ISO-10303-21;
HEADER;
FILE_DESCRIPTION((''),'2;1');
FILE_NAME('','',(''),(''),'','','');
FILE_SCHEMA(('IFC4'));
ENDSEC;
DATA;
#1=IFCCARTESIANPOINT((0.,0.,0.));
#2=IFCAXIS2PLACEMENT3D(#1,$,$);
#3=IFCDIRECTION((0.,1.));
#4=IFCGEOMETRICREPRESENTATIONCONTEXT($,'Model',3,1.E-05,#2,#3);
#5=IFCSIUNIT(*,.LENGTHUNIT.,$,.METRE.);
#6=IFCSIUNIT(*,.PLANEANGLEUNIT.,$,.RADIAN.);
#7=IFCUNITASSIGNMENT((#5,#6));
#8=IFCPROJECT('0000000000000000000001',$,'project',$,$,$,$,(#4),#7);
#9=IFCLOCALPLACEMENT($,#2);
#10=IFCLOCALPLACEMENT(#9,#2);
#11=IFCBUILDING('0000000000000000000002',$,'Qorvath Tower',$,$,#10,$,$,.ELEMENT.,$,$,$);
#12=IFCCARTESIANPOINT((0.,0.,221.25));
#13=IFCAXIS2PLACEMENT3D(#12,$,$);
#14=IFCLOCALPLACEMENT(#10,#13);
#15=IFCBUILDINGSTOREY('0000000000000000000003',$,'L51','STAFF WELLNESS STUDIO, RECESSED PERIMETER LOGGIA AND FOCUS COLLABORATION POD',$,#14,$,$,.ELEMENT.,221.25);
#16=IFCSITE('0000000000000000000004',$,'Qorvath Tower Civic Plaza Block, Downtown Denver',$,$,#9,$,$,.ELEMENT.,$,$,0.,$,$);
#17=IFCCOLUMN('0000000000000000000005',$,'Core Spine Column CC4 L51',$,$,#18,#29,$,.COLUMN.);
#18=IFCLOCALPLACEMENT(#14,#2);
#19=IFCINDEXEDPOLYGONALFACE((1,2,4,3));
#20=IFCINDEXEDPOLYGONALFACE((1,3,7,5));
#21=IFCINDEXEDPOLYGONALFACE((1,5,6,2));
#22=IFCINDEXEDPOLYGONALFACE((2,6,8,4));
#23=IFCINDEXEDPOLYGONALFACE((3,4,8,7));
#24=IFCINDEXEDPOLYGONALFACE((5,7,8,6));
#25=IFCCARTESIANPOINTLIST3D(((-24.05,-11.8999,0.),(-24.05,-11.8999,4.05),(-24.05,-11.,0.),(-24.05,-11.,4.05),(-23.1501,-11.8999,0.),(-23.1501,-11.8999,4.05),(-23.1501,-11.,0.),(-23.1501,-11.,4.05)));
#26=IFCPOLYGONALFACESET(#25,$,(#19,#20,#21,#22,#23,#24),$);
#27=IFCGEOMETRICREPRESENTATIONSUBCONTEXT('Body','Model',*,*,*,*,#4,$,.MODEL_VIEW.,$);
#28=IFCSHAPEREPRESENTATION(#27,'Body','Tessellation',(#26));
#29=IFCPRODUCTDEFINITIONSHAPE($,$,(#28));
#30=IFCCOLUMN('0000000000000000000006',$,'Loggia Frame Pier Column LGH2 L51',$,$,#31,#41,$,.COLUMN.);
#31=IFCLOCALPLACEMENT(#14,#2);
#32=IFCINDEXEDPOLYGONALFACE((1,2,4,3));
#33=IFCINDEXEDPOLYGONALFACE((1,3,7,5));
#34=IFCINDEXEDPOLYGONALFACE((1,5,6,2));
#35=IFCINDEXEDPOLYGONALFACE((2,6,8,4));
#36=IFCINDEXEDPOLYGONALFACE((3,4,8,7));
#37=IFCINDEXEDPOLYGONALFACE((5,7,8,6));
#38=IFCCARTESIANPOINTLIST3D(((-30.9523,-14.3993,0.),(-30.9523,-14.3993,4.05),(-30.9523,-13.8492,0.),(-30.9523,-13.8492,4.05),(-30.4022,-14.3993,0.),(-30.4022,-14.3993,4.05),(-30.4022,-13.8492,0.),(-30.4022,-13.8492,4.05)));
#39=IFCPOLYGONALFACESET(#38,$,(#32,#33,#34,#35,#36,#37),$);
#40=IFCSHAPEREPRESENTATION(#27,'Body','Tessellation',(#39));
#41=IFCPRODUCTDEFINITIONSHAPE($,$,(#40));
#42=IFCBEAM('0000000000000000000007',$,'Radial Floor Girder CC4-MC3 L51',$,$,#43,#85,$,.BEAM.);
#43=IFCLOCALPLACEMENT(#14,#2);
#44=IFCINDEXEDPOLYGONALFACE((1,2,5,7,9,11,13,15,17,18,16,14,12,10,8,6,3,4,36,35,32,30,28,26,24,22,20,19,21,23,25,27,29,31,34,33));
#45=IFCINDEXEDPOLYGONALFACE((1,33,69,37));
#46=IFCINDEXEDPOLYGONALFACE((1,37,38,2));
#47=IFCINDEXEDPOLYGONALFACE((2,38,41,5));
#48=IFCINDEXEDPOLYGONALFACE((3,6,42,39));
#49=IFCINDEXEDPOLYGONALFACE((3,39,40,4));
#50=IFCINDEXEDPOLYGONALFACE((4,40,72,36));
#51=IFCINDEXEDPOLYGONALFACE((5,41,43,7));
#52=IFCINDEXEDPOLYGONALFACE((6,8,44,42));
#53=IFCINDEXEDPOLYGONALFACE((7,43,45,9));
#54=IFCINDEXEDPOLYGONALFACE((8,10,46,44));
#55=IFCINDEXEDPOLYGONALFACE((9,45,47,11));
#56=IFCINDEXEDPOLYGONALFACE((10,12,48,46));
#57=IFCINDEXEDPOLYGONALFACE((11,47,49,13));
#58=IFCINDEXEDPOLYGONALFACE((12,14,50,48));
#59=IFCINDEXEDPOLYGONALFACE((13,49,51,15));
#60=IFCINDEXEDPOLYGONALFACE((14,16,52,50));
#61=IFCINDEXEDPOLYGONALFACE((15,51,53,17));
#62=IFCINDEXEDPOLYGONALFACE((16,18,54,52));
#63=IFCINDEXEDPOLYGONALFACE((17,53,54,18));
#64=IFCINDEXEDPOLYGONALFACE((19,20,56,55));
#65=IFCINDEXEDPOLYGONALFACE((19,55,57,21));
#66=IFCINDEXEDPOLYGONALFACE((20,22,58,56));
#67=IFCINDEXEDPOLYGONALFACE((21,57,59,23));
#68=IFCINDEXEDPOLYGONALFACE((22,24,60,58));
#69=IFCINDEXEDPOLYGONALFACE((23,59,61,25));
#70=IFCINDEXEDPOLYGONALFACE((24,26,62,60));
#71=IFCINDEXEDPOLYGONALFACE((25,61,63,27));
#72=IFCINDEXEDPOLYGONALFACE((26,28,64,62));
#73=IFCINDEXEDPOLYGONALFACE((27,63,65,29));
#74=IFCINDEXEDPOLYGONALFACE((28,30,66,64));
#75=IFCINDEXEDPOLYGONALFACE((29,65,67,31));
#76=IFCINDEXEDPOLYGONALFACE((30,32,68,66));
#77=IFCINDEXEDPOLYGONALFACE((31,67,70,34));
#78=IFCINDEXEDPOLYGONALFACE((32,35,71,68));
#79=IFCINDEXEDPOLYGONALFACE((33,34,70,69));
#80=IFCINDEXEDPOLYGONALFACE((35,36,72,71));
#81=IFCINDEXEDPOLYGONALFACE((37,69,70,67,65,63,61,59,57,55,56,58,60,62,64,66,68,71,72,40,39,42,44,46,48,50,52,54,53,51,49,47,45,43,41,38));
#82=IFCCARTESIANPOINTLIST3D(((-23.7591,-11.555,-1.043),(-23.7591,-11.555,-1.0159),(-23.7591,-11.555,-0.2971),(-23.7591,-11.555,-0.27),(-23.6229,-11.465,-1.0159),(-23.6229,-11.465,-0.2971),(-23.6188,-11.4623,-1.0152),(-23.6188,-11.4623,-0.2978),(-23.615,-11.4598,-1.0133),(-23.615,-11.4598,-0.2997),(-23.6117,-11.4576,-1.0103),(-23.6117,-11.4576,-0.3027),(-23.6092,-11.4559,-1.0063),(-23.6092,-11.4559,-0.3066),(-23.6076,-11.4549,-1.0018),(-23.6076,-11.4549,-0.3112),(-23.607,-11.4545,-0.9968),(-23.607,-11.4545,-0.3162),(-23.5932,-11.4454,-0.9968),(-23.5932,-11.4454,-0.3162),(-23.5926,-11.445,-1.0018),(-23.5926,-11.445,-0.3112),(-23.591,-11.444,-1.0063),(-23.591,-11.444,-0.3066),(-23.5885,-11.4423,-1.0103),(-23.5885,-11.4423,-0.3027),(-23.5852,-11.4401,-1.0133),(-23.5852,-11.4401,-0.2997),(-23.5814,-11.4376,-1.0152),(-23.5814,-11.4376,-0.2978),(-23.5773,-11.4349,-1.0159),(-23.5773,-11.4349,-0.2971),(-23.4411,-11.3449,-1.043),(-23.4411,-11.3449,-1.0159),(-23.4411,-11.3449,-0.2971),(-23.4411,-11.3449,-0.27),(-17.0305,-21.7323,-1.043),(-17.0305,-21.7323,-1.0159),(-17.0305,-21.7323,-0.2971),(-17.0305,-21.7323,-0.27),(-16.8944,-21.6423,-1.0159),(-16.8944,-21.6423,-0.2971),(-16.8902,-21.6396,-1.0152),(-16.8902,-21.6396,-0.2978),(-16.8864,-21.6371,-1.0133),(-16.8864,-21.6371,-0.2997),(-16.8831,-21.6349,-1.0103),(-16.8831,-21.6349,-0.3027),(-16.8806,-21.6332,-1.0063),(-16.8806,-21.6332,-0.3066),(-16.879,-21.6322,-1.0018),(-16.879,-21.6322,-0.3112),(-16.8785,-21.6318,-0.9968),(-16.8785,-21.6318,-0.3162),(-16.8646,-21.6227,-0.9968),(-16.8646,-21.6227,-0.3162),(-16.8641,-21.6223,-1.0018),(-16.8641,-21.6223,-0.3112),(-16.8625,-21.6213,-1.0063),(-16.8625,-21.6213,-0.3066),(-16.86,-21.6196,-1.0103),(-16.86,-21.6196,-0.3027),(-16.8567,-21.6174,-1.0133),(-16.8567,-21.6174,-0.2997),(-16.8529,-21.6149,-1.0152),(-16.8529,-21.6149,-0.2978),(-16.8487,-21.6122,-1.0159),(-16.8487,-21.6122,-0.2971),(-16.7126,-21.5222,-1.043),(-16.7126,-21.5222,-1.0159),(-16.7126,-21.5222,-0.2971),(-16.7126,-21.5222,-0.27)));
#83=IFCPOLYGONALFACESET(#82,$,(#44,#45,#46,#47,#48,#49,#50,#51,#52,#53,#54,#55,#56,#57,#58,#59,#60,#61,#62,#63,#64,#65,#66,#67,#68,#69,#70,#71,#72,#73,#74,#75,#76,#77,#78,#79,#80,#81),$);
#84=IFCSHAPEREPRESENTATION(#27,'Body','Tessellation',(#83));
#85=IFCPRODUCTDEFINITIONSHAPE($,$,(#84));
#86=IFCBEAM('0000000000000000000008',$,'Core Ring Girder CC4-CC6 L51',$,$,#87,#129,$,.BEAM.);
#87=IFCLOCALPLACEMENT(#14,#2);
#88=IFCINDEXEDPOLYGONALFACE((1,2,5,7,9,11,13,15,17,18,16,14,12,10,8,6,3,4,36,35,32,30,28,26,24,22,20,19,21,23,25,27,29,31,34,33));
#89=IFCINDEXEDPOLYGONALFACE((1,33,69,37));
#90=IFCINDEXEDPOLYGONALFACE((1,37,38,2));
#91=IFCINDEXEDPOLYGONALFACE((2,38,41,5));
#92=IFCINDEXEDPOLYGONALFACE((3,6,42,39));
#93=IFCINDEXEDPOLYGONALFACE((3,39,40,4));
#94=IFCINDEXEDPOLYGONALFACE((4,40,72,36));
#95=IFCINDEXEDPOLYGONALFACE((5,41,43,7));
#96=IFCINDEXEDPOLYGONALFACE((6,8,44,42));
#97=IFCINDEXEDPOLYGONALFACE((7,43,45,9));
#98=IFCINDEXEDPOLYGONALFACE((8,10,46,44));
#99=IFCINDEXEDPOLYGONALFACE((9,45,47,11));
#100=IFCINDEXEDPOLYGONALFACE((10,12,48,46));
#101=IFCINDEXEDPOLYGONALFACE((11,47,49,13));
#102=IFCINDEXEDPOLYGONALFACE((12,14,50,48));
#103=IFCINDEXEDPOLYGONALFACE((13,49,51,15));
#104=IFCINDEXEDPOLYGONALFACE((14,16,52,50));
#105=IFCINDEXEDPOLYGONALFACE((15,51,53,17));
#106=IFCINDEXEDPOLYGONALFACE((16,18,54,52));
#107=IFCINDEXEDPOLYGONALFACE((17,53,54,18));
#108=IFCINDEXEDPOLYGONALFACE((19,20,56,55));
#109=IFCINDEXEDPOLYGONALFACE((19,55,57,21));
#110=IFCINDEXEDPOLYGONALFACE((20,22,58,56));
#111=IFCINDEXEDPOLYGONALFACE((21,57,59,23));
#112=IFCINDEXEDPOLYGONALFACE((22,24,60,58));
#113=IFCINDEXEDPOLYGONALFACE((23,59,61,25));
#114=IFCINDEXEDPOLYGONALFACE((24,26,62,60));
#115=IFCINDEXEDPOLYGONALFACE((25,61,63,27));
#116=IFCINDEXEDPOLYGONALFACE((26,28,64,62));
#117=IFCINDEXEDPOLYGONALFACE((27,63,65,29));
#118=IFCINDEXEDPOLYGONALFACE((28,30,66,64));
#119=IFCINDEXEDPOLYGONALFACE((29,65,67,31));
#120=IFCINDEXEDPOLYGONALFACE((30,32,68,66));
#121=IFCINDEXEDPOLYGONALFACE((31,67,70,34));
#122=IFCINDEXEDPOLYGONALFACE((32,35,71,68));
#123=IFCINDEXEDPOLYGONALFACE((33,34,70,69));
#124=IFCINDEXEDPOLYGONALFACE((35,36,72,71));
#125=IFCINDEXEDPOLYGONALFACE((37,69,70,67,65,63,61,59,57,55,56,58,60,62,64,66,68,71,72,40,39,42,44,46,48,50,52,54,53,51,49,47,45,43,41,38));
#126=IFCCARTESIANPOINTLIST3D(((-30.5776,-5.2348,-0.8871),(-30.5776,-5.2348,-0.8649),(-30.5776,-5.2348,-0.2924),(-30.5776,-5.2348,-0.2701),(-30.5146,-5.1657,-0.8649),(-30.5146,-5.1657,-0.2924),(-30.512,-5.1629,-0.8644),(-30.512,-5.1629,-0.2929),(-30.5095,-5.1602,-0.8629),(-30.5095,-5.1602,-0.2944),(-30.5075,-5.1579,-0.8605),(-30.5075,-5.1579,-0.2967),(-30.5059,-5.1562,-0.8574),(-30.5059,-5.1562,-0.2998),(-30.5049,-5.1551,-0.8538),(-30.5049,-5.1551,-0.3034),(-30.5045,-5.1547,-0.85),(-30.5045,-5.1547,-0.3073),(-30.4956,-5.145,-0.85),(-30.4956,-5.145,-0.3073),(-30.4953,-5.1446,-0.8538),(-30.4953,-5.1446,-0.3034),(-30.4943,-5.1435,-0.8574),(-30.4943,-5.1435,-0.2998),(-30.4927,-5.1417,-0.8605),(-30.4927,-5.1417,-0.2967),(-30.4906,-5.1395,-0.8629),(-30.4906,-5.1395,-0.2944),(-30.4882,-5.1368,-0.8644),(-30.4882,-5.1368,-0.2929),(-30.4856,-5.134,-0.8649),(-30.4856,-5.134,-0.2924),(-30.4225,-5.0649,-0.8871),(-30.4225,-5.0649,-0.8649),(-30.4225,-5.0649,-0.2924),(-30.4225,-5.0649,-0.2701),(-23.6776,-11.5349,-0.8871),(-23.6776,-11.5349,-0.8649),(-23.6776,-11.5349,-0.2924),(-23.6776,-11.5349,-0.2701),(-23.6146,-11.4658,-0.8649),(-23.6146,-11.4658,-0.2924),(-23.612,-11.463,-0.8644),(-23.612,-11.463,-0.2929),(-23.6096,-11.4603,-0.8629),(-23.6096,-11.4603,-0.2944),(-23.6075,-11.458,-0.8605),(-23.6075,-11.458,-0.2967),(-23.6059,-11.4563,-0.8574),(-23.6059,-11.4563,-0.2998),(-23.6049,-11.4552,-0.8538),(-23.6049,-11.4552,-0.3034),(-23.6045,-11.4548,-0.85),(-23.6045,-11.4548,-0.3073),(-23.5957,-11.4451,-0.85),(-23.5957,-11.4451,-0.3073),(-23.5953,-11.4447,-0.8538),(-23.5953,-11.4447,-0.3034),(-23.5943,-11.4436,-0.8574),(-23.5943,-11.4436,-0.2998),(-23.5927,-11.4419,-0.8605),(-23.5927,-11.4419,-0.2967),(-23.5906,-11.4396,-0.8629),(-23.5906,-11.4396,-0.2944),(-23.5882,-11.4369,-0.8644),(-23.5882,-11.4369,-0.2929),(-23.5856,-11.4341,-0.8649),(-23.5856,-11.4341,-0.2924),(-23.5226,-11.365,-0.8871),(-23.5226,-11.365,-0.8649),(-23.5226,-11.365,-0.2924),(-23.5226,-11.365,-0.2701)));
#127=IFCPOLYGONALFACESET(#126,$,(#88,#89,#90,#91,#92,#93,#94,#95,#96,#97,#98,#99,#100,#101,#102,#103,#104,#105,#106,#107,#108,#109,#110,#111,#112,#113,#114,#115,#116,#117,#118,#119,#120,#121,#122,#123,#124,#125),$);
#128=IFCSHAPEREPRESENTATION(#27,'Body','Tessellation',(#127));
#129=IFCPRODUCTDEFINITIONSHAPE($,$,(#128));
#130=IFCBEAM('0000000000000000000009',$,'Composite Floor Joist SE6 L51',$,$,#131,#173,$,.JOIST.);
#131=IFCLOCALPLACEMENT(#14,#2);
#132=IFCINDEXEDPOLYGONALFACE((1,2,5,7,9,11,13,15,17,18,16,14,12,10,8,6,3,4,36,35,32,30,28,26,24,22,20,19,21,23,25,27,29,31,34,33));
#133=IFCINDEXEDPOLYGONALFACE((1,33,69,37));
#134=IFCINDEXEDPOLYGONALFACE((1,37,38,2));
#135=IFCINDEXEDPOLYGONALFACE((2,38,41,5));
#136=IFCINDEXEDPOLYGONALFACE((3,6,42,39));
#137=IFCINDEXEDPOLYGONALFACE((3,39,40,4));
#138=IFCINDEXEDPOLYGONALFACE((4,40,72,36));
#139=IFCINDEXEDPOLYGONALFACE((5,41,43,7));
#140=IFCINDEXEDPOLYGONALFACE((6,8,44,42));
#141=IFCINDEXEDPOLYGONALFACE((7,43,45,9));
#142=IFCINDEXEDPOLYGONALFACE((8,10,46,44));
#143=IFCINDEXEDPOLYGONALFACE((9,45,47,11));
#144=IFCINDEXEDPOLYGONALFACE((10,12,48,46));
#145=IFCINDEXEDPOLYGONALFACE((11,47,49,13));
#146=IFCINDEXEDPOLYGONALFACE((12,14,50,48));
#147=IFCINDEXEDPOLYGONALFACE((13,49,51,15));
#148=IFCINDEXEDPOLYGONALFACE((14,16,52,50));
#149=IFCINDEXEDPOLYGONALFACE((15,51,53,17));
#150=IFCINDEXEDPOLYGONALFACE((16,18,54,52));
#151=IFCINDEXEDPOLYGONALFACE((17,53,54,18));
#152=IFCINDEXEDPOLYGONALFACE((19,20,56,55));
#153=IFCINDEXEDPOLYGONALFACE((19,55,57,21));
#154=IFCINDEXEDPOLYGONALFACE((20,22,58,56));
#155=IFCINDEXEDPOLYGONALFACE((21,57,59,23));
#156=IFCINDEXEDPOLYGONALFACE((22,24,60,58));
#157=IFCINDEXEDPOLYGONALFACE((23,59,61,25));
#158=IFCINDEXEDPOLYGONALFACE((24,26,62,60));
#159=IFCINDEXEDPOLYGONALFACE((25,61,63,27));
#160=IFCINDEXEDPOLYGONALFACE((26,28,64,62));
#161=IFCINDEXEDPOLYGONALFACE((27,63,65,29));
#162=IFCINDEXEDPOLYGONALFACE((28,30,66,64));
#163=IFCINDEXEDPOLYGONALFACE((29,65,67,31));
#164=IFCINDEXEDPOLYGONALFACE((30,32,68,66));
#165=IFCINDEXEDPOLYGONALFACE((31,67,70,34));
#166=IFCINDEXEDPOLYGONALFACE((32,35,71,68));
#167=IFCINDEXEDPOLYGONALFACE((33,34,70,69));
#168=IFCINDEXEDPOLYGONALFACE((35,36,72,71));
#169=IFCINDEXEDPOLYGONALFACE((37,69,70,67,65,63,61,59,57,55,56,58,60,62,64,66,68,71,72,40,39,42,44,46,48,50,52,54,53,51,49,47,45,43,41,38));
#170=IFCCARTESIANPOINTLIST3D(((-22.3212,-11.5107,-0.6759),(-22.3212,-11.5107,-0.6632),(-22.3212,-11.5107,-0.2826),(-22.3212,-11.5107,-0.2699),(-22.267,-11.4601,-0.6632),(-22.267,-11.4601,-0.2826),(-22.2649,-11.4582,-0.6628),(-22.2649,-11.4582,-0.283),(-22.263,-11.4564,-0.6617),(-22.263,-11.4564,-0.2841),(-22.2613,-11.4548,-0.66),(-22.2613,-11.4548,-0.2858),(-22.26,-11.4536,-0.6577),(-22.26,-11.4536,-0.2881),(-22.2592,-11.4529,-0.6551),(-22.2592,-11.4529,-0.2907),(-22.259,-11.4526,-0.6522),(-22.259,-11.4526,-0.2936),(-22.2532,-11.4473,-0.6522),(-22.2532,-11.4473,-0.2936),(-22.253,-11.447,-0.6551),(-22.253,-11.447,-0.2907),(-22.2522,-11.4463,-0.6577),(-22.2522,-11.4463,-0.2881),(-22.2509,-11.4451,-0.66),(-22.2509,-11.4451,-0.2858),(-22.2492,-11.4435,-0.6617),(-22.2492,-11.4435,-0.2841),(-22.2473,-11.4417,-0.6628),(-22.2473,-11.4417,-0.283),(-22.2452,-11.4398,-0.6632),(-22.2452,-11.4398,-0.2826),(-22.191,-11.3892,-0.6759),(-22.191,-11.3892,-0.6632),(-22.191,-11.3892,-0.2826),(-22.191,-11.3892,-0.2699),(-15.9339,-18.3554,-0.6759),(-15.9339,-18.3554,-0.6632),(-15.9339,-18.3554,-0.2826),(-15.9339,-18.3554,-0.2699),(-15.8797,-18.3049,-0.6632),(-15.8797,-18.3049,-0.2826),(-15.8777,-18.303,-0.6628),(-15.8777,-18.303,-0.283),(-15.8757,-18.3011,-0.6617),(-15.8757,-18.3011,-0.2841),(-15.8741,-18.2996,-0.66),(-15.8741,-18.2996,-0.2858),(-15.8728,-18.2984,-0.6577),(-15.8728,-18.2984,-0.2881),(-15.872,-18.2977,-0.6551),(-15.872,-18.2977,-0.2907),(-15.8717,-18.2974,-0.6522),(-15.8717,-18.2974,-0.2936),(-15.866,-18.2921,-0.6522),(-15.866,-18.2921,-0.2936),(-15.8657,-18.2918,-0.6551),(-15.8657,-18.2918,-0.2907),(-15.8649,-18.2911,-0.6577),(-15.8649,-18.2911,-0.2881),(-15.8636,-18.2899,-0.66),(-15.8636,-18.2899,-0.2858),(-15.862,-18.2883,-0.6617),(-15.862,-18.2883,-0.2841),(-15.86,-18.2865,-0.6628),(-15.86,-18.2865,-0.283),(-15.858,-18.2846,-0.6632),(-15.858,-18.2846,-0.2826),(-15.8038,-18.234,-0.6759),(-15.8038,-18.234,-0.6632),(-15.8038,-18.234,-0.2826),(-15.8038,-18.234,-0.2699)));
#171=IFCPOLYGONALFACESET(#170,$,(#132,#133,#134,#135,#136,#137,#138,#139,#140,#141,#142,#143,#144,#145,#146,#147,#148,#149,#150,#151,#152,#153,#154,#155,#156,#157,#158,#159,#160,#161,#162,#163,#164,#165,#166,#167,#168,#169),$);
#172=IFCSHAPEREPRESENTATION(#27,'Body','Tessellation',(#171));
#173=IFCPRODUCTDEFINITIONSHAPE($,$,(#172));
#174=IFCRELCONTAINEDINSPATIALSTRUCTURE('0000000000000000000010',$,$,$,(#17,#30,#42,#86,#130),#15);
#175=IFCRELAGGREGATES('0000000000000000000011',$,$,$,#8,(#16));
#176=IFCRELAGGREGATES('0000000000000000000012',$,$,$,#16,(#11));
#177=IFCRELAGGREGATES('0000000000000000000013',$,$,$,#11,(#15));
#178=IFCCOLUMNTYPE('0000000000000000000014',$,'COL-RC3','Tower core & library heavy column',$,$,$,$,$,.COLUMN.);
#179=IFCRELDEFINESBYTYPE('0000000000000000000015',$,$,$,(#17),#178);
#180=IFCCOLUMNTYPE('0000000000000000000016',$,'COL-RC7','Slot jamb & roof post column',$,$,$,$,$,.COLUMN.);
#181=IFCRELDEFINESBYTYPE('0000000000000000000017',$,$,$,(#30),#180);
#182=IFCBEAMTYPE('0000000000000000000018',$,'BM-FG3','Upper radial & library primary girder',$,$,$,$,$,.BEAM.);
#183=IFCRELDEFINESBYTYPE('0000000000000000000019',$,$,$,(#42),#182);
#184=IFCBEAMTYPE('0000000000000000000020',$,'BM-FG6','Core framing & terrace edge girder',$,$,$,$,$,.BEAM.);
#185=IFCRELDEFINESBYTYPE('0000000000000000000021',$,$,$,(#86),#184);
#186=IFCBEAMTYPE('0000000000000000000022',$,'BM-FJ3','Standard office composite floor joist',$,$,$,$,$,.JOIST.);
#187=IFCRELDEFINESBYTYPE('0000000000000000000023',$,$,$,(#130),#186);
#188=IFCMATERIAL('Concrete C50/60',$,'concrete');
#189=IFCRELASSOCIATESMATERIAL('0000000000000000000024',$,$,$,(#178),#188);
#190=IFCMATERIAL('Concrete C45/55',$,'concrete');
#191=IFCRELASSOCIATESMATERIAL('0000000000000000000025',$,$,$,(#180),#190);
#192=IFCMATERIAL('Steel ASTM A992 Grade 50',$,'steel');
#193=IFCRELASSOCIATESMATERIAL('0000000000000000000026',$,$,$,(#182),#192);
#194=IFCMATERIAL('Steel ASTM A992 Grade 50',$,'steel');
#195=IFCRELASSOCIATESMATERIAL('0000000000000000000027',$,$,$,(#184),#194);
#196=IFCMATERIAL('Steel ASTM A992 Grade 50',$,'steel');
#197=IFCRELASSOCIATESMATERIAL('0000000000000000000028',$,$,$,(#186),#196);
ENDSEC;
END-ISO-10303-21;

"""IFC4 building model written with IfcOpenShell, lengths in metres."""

from ifc_helpers import new_model, si_unit, direction, frame, origin, origin_2d, place, context, subcontext, project, spatial, rectangle, i_section, extrude, material, material_profile, profile_set, type_object, element, save


model = new_model("IFC4")

# Units and contexts
model_context = context("Model", 3, precision=1e-05, world=origin(), true_north=direction((0.0, 1.0)))
body_context = subcontext(model_context, "Body", "Model", "MODEL_VIEW")
ifc_project = project(units=[si_unit("LENGTHUNIT", "METRE"), si_unit("PLANEANGLEUNIT", "RADIAN")], contexts=[model_context])

# Site, building, storey
site_placement = place(None, origin())
site = spatial("IfcSite", under=ifc_project, at=site_placement, Name="Qorvath Tower Civic Plaza Block, Downtown Denver", CompositionType="ELEMENT", RefElevation=0.0)
building_placement = place(site_placement, origin())
building = spatial("IfcBuilding", under=site, at=building_placement, Name="Qorvath Tower", CompositionType="ELEMENT")
storey_placement = place(building_placement, frame((0.0, 0.0, 221.25)))
storey = spatial("IfcBuildingStorey", under=building, at=storey_placement, Name="L51", Description="STAFF WELLNESS STUDIO, RECESSED PERIMETER LOGGIA AND FOCUS COLLABORATION POD", CompositionType="ELEMENT", Elevation=221.25)

# Columns
ifc_material_1 = material(Name="Concrete C50/60", Category="concrete")
ifc_material_profile_1 = material_profile(ifc_material_1, rectangle(XDim=0.8999, YDim=0.8999, at=origin_2d()), Name="RC 900x900")
ifc_profile_set_1 = profile_set([ifc_material_profile_1], Name="Concrete C50/60")
column_type_1 = type_object("IfcColumnType", Name="COL-RC3", Description="Tower core & library heavy column", PredefinedType="COLUMN", material=ifc_profile_set_1)
column_1_placement = place(storey_placement, frame((-23.6001, -11.45, 0.0), z_axis=(0.0, 0.0, 1.0), x_axis=(1.0, 0.0, 0.0)))
element("IfcColumn", 1, at=column_1_placement, inside=storey, type_object=column_type_1, Name="Core Spine Column CC4 L51", PredefinedType="COLUMN", context=body_context, shape_type="SweptSolid", body=[
    extrude(rectangle(XDim=0.8999, YDim=0.8999, at=origin_2d()), origin(), (0.0, 0.0, 1.0), 4.05),
])
ifc_material_2 = material(Name="Concrete C45/55", Category="concrete")
ifc_material_profile_2 = material_profile(ifc_material_2, rectangle(XDim=0.55, YDim=0.55, at=origin_2d()), Name="RC 550x550")
ifc_profile_set_2 = profile_set([ifc_material_profile_2], Name="Concrete C45/55")
column_type_2 = type_object("IfcColumnType", Name="COL-RC7", Description="Slot jamb & roof post column", PredefinedType="COLUMN", material=ifc_profile_set_2)
column_2_placement = place(storey_placement, frame((-30.6772, -14.1243, 0.0), z_axis=(0.0, 0.0, 1.0), x_axis=(1.0, 0.0, 0.0)))
element("IfcColumn", 2, at=column_2_placement, inside=storey, type_object=column_type_2, Name="Loggia Frame Pier Column LGH2 L51", PredefinedType="COLUMN", context=body_context, shape_type="SweptSolid", body=[
    extrude(rectangle(XDim=0.55, YDim=0.55, at=origin_2d()), origin(), (0.0, 0.0, 1.0), 4.05),
])

# Beams
ifc_material_3 = material(Name="Steel ASTM A992 Grade 50", Category="steel")
ifc_material_profile_3 = material_profile(ifc_material_3, i_section(OverallWidth=0.3811, OverallDepth=0.7729, WebThickness=0.0166, FlangeThickness=0.0271, FilletRadius=0.019, at=origin_2d()), Name="W30x173")
ifc_profile_set_3 = profile_set([ifc_material_profile_3], Name="Steel ASTM A992 Grade 50")
beam_type_1 = type_object("IfcBeamType", Name="BM-FG3", Description="Upper radial & library primary girder", PredefinedType="BEAM", material=ifc_profile_set_3)
beam_1_placement = place(storey_placement, frame((-23.6001, -11.45, -0.6565), z_axis=(0.551501, -0.834175, 0.0), x_axis=(0.834175, 0.551501, 0.0)))
element("IfcBeam", 3, at=beam_1_placement, inside=storey, type_object=beam_type_1, Name="Radial Floor Girder CC4-MC3 L51", PredefinedType="BEAM", context=body_context, shape_type="SweptSolid", body=[
    extrude(i_section(OverallWidth=0.3811, OverallDepth=0.7729, WebThickness=0.0166, FlangeThickness=0.0271, FilletRadius=0.019, at=origin_2d()), origin(), (0.0, 0.0, 1.0), 12.2004),
])
ifc_material_4 = material(Name="Steel ASTM A992 Grade 50", Category="steel")
ifc_material_profile_4 = material_profile(ifc_material_4, i_section(OverallWidth=0.23, OverallDepth=0.6169, WebThickness=0.0132, FlangeThickness=0.0222, FilletRadius=0.0149, at=origin_2d()), Name="W24x94")
ifc_profile_set_4 = profile_set([ifc_material_profile_4], Name="Steel ASTM A992 Grade 50")
beam_type_2 = type_object("IfcBeamType", Name="BM-FG6", Description="Core framing & terrace edge girder", PredefinedType="BEAM", material=ifc_profile_set_4)
beam_2_placement = place(storey_placement, frame((-23.6001, -11.45, -0.5786), z_axis=(-0.738478, 0.674277, 0.0), x_axis=(-0.674277, -0.738478, 0.0)))
element("IfcBeam", 4, at=beam_2_placement, inside=storey, type_object=beam_type_2, Name="Core Ring Girder CC4-CC6 L51", PredefinedType="BEAM", context=body_context, shape_type="SweptSolid", body=[
    extrude(i_section(OverallWidth=0.23, OverallDepth=0.6169, WebThickness=0.0132, FlangeThickness=0.0222, FilletRadius=0.0149, at=origin_2d()), origin(), (0.0, 0.0, 1.0), 9.3435),
])
ifc_material_5 = material(Name="Steel ASTM A992 Grade 50", Category="steel")
ifc_material_profile_5 = material_profile(ifc_material_5, i_section(OverallWidth=0.178, OverallDepth=0.406, WebThickness=0.0078, FlangeThickness=0.0127, FilletRadius=0.011, at=origin_2d()), Name="W16x40")
ifc_profile_set_5 = profile_set([ifc_material_profile_5], Name="Steel ASTM A992 Grade 50")
beam_type_3 = type_object("IfcBeamType", Name="BM-FJ3", Description="Standard office composite floor joist", PredefinedType="JOIST", material=ifc_profile_set_5)
beam_3_placement = place(storey_placement, frame((-22.2561, -11.45, -0.4729), z_axis=(0.682249, -0.731119, 0.0), x_axis=(0.731119, 0.682249, 0.0)))
element("IfcBeam", 5, at=beam_3_placement, inside=storey, type_object=beam_type_3, Name="Composite Floor Joist SE6 L51", PredefinedType="JOIST", context=body_context, shape_type="SweptSolid", body=[
    extrude(i_section(OverallWidth=0.178, OverallDepth=0.406, WebThickness=0.0078, FlangeThickness=0.0127, FilletRadius=0.011, at=origin_2d()), origin(), (0.0, 0.0, 1.0), 9.3621),
])

save(model, "model.ifc")
